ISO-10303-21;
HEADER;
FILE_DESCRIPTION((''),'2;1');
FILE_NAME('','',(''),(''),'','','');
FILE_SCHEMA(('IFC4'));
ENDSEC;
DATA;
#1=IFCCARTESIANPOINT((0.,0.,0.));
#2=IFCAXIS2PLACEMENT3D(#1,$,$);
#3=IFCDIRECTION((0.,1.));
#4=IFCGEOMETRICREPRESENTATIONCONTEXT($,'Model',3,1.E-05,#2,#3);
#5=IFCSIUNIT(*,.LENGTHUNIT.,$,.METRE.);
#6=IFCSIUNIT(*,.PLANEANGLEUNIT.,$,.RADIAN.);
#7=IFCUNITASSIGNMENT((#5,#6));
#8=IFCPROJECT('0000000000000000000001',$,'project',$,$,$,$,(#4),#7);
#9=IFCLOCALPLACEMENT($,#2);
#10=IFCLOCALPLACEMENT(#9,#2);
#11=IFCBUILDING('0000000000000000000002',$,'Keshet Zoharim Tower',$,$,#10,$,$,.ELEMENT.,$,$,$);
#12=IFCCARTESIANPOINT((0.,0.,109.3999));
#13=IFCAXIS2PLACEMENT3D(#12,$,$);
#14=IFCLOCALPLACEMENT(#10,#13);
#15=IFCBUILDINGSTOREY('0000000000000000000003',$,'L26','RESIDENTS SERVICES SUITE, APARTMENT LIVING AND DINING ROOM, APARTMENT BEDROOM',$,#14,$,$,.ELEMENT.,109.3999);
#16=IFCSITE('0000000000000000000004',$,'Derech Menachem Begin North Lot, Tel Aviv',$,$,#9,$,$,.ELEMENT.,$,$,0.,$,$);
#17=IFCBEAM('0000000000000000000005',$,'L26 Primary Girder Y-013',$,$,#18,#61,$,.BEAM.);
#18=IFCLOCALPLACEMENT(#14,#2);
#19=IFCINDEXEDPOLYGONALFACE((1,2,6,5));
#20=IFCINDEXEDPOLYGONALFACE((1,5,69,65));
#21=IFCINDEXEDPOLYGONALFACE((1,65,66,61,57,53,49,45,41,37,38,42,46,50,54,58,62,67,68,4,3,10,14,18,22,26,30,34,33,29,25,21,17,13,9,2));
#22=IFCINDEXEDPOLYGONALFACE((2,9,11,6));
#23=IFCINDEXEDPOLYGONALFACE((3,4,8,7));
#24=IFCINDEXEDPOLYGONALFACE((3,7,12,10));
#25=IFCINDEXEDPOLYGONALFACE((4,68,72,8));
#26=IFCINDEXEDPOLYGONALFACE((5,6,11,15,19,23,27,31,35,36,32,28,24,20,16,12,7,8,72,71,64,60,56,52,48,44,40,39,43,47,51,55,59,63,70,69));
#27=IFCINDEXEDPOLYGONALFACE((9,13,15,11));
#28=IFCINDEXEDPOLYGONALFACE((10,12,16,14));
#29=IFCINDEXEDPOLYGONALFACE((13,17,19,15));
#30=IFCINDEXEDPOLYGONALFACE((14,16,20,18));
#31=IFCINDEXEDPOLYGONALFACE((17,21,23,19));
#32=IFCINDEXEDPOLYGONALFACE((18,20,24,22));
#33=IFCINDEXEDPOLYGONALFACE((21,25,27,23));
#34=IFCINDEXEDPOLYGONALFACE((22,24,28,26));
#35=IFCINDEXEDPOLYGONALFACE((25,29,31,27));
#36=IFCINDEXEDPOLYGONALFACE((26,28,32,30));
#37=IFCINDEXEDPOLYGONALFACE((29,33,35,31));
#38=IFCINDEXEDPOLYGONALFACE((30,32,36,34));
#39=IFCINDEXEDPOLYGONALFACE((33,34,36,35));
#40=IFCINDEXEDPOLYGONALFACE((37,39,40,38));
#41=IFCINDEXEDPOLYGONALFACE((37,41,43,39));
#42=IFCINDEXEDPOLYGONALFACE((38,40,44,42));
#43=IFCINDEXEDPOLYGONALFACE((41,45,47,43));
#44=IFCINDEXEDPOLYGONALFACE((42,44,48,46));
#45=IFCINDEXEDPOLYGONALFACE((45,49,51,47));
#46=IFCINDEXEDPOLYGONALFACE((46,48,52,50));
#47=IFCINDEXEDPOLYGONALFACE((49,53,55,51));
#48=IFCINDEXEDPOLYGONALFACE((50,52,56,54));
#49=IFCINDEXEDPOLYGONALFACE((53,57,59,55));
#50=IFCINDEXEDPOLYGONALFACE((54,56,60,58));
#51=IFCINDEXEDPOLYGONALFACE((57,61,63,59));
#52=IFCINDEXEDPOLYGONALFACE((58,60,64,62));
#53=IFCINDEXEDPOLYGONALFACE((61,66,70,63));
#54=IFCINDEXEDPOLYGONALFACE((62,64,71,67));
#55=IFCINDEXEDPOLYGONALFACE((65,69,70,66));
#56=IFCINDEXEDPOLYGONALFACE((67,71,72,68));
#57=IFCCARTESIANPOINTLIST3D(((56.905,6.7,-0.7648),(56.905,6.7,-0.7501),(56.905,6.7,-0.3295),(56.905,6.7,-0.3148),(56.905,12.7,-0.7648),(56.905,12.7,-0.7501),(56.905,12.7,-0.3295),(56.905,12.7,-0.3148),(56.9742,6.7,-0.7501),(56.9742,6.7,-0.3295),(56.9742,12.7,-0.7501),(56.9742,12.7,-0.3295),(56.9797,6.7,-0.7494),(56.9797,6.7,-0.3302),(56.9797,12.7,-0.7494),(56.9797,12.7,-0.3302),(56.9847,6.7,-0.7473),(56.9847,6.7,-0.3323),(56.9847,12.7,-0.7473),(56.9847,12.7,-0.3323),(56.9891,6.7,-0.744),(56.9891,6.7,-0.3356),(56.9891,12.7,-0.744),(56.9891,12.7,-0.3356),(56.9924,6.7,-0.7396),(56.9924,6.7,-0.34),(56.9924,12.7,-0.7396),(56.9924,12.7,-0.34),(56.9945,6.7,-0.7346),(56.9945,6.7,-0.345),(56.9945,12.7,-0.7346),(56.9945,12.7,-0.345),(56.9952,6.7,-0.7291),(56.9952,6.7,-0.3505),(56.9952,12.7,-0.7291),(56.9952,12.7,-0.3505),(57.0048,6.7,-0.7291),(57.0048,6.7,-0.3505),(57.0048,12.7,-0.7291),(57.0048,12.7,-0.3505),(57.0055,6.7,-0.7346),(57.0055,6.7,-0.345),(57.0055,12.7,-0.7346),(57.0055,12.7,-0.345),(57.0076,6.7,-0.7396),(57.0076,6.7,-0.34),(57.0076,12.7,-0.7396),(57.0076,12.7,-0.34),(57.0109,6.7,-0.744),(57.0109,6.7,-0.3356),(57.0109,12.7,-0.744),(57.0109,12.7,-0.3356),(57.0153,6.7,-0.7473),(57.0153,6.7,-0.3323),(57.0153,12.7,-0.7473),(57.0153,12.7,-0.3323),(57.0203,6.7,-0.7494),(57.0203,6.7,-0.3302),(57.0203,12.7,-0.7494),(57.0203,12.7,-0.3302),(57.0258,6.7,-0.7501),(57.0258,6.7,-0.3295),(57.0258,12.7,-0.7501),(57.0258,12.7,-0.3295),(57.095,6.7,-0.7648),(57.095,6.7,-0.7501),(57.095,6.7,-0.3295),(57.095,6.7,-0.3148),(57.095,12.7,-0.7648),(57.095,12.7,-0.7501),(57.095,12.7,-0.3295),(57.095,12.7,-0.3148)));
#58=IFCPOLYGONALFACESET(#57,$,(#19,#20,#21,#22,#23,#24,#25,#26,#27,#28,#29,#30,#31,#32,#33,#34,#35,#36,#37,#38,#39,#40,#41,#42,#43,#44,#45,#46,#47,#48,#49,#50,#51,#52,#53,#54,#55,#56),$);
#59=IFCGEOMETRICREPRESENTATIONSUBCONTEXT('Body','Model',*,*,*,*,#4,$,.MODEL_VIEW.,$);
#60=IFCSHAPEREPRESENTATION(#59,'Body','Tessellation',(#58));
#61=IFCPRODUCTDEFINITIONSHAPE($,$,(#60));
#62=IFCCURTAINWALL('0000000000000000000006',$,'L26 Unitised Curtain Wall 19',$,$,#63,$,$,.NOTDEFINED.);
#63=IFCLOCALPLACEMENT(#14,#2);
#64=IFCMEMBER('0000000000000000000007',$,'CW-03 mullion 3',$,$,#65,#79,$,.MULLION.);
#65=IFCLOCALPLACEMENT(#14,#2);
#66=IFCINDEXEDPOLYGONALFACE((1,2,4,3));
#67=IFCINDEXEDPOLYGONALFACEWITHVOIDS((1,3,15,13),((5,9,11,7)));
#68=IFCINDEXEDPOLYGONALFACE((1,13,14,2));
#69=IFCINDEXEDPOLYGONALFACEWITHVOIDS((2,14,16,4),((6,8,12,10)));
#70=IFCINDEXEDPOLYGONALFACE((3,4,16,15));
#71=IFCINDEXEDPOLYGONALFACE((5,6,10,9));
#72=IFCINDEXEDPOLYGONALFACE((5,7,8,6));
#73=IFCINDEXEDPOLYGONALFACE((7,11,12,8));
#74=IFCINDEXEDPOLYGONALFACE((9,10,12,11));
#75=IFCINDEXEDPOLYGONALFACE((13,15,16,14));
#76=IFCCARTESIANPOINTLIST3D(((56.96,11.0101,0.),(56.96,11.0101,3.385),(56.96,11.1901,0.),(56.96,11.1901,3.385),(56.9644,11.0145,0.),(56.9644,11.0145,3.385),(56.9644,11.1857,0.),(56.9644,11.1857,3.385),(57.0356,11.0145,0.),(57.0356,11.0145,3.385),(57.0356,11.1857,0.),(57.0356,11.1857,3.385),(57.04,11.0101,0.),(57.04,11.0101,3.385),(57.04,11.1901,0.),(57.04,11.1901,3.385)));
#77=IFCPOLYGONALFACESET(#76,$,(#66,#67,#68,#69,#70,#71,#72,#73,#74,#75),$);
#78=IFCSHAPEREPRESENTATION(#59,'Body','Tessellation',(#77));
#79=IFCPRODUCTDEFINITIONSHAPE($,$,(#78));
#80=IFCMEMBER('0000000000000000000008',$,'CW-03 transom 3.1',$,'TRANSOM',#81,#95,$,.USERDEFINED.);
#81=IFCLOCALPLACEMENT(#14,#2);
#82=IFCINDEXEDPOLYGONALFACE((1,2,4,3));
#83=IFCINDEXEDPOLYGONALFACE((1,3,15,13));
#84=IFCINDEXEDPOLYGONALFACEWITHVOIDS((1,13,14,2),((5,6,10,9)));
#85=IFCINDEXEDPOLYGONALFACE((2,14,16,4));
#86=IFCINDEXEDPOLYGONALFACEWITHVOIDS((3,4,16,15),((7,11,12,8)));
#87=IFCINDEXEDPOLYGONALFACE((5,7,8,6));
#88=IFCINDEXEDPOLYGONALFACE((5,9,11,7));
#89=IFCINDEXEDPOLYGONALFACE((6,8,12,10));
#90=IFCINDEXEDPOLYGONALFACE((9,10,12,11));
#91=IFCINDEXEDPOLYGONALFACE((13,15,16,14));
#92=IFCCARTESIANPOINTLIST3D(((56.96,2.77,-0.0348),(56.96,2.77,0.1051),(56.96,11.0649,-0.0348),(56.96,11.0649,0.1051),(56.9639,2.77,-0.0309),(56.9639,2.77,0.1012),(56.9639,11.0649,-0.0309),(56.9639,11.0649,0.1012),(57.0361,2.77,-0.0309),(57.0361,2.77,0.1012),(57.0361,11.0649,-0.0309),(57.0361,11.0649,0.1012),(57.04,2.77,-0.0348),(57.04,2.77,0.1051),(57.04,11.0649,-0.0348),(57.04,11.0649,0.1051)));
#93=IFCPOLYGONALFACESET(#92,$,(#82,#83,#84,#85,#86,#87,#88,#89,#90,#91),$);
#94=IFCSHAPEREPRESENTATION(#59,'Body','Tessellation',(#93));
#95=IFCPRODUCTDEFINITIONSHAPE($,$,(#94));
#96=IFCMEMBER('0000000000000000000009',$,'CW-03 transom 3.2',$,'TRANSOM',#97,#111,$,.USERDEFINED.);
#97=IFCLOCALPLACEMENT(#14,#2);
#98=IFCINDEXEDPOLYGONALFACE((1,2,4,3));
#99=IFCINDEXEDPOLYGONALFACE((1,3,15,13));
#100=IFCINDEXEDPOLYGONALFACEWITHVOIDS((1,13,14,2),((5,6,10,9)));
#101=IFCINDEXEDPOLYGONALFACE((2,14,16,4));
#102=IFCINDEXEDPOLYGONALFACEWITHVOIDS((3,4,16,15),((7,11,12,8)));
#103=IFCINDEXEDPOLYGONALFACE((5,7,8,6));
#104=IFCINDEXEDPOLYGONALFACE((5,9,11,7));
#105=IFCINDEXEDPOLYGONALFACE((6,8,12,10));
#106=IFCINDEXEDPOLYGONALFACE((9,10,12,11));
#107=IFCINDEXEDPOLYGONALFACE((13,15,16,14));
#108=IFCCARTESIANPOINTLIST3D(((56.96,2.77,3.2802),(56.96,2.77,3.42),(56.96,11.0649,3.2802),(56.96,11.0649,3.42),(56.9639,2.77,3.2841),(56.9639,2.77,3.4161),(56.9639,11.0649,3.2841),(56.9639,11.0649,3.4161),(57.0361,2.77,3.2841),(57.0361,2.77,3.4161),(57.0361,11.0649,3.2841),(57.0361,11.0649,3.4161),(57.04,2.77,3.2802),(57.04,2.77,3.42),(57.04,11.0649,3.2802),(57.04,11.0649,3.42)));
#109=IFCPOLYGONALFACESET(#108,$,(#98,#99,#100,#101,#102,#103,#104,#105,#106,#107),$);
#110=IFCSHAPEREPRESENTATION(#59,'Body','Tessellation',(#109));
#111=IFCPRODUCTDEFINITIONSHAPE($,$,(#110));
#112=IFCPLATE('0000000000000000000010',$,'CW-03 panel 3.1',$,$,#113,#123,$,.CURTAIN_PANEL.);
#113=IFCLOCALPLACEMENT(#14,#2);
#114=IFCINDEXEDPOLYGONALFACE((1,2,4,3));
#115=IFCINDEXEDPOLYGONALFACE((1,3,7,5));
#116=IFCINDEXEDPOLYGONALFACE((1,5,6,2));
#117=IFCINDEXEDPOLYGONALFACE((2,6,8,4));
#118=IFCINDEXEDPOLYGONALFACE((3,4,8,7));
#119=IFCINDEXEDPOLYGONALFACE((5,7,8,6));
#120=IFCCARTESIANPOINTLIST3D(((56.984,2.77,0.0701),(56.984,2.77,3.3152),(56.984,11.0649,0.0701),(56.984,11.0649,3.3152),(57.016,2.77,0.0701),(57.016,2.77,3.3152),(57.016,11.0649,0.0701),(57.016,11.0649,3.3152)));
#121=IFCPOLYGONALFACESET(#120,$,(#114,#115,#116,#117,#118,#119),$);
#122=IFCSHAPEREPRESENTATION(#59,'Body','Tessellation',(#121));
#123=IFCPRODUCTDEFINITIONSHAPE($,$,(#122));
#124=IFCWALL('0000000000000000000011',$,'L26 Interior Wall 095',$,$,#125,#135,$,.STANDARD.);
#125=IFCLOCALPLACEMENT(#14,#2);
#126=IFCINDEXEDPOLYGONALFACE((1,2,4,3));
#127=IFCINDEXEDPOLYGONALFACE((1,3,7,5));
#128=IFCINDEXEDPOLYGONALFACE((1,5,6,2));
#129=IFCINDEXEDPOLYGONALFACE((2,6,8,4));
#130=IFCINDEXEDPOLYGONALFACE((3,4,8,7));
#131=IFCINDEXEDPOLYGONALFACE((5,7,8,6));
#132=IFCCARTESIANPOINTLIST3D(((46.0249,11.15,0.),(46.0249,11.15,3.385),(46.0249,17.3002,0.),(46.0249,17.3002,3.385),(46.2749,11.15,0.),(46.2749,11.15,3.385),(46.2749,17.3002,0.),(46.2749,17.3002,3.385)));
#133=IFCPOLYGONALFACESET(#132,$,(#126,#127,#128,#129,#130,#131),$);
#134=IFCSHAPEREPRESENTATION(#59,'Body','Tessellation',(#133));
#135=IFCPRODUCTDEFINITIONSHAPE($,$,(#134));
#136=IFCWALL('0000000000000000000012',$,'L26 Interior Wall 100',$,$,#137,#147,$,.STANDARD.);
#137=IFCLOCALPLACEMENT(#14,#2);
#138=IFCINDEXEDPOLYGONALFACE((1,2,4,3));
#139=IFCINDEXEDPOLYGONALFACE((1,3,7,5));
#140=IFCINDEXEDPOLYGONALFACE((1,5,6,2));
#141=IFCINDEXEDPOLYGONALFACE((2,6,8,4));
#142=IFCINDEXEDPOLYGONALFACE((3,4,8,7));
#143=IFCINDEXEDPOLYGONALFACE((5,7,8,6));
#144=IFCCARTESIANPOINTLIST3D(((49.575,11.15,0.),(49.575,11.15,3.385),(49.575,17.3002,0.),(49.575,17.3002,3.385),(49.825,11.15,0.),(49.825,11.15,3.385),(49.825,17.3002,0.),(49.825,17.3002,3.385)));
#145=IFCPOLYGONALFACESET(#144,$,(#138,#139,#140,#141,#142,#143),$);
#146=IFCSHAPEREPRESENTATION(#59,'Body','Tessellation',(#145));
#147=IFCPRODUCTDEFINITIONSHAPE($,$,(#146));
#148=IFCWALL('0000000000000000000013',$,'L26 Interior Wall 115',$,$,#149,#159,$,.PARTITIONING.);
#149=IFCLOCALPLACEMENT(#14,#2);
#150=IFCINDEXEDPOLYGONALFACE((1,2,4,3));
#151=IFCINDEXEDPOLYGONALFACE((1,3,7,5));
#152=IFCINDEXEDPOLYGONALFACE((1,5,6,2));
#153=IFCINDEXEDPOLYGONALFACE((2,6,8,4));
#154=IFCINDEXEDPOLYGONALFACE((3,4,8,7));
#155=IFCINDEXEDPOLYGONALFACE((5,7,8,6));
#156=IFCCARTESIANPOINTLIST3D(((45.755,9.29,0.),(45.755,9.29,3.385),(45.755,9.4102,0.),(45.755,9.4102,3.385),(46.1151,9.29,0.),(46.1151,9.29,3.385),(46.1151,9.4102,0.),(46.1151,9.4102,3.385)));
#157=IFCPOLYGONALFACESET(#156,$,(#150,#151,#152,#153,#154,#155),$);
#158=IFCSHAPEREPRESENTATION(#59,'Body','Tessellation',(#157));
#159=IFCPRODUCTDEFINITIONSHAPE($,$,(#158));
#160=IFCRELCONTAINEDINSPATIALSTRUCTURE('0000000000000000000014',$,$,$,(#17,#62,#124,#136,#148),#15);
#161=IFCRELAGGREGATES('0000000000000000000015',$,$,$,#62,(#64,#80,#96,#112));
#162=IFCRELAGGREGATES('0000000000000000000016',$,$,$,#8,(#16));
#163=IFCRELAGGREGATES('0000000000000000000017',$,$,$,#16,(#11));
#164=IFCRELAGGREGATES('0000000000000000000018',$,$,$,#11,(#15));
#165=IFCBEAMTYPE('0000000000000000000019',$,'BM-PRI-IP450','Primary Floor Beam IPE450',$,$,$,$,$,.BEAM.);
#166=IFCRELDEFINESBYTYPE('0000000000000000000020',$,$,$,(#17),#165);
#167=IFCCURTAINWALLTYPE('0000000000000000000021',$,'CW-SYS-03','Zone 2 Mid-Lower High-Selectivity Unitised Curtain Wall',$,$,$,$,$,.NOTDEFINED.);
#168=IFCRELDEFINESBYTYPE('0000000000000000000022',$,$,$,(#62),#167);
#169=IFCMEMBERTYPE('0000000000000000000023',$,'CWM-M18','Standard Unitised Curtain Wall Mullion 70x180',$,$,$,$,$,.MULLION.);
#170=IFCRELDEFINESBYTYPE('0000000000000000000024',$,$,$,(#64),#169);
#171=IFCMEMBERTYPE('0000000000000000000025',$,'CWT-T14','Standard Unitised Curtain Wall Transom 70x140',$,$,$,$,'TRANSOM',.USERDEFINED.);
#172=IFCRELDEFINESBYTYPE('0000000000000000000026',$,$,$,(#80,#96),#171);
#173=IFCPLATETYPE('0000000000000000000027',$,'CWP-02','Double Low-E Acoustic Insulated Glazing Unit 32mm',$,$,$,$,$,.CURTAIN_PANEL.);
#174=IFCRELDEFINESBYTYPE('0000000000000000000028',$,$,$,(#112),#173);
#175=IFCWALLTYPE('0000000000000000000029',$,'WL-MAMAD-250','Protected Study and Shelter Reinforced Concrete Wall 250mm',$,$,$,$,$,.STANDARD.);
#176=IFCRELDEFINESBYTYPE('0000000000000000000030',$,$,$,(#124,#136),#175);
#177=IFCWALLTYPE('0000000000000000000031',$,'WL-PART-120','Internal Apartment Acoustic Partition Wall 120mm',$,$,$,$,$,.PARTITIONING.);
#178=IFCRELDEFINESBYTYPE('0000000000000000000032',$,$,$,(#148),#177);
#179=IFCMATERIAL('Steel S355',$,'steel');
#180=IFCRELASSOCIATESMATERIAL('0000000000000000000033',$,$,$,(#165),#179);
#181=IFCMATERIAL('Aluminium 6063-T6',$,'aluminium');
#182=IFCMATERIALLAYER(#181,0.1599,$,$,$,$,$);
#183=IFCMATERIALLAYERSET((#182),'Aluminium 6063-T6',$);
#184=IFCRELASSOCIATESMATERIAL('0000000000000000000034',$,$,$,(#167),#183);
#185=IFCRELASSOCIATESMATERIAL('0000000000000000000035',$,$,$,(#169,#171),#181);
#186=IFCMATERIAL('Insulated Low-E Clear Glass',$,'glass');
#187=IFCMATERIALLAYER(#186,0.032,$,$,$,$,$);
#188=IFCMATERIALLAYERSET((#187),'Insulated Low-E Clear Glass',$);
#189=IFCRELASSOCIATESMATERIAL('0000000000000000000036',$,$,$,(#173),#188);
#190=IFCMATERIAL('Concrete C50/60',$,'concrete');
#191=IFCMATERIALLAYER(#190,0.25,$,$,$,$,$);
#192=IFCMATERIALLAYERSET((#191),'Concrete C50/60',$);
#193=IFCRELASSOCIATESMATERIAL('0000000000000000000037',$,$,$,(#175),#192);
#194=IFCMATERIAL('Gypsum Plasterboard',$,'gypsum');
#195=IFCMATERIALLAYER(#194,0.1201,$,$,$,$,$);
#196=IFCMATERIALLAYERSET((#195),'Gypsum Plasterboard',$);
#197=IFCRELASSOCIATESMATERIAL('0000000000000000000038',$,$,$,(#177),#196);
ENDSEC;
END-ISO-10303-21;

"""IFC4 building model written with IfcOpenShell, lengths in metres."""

from ifc_helpers import new_model, si_unit, direction, frame, frame_2d, origin, origin_2d, place, context, subcontext, project, spatial, rectangle, hollow_rectangle, i_section, extrude, material, layer, layer_set, material_profile, profile_set, type_object, element, aggregate, save


model = new_model("IFC4")

# Units and contexts
model_context = context("Model", 3, precision=1e-05, world=origin(), true_north=direction((0.0, 1.0)))
body_context = subcontext(model_context, "Body", "Model", "MODEL_VIEW")
ifc_project = project(units=[si_unit("LENGTHUNIT", "METRE"), si_unit("PLANEANGLEUNIT", "RADIAN")], contexts=[model_context])

# Site, building, storey
site_placement = place(None, origin())
site = spatial("IfcSite", under=ifc_project, at=site_placement, Name="Derech Menachem Begin North Lot, Tel Aviv", CompositionType="ELEMENT", RefElevation=0.0)
building_placement = place(site_placement, origin())
building = spatial("IfcBuilding", under=site, at=building_placement, Name="Keshet Zoharim Tower", CompositionType="ELEMENT")
storey_placement = place(building_placement, frame((0.0, 0.0, 109.3999)))
storey = spatial("IfcBuildingStorey", under=building, at=storey_placement, Name="L26", Description="RESIDENTS SERVICES SUITE, APARTMENT LIVING AND DINING ROOM, APARTMENT BEDROOM", CompositionType="ELEMENT", Elevation=109.3999)

# Beam
ifc_material_1 = material(Name="Steel S355", Category="steel")
ifc_material_profile_1 = material_profile(ifc_material_1, i_section(OverallWidth=0.1899, OverallDepth=0.45, WebThickness=0.0095, FlangeThickness=0.0146, FilletRadius=0.021, at=origin_2d()), Name="IPE450")
ifc_profile_set_1 = profile_set([ifc_material_profile_1], Name="Steel S355")
beam_type = type_object("IfcBeamType", Name="BM-PRI-IP450", Description="Primary Floor Beam IPE450", PredefinedType="BEAM", material=ifc_profile_set_1)
beam_placement = place(storey_placement, frame((57.0, 6.7, -0.5398), z_axis=(0.0, 1.0, 0.0), x_axis=(-1.0, 0.0, 0.0)))
element("IfcBeam", 1, at=beam_placement, inside=storey, type_object=beam_type, Name="L26 Primary Girder Y-013", PredefinedType="BEAM", context=body_context, shape_type="SweptSolid", body=[
    extrude(i_section(OverallWidth=0.1899, OverallDepth=0.45, WebThickness=0.0095, FlangeThickness=0.0146, FilletRadius=0.021, at=origin_2d()), origin(), (0.0, 0.0, 1.0), 6.0),
])

# Curtain wall, members, plate
ifc_material_2 = material(Name="Aluminium 6063-T6", Category="aluminium")
ifc_layer_1 = layer(ifc_material_2, 0.1599)
ifc_layer_set_1 = layer_set([ifc_layer_1], Name="Aluminium 6063-T6")
curtain_wall_type = type_object("IfcCurtainWallType", Name="CW-SYS-03", Description="Zone 2 Mid-Lower High-Selectivity Unitised Curtain Wall", PredefinedType="NOTDEFINED", material=ifc_layer_set_1)
curtain_wall_placement = place(storey_placement, origin())
curtain_wall = element("IfcCurtainWall", 2, at=curtain_wall_placement, inside=storey, type_object=curtain_wall_type, Name="L26 Unitised Curtain Wall 19", PredefinedType="NOTDEFINED")
ifc_material_profile_2 = material_profile(ifc_material_2, hollow_rectangle(XDim=0.0801, YDim=0.1799, WallThickness=0.0044, at=origin_2d()), Name="MUL-80x180")
ifc_profile_set_2 = profile_set([ifc_material_profile_2], Name="Aluminium 6063-T6")
member_type_1 = type_object("IfcMemberType", Name="CWM-M18", Description="Standard Unitised Curtain Wall Mullion 70x180", PredefinedType="MULLION", material=ifc_profile_set_2)
member_1_placement = place(storey_placement, frame((57.0, 11.1001, 0.0), z_axis=(0.0, 0.0, 1.0), x_axis=(1.0, 0.0, 0.0)))
member_1 = element("IfcMember", 3, at=member_1_placement, type_object=member_type_1, Name="CW-03 mullion 3", PredefinedType="MULLION", context=body_context, shape_type="SweptSolid", body=[
    extrude(hollow_rectangle(XDim=0.0801, YDim=0.1799, WallThickness=0.0044, at=origin_2d()), origin(), (0.0, 0.0, 1.0), 3.385),
])
ifc_material_profile_3 = material_profile(ifc_material_2, hollow_rectangle(XDim=0.0801, YDim=0.1399, WallThickness=0.0039, at=origin_2d()), Name="TRN-80x140")
ifc_profile_set_3 = profile_set([ifc_material_profile_3], Name="Aluminium 6063-T6")
member_type_2 = type_object("IfcMemberType", Name="CWT-T14", Description="Standard Unitised Curtain Wall Transom 70x140", ElementType="TRANSOM", PredefinedType="USERDEFINED", material=ifc_profile_set_3)
member_2_placement = place(storey_placement, frame((57.0, 11.0649, 0.0352), z_axis=(0.0, -1.0, 0.0), x_axis=(1.0, 0.0, 0.0)))
member_2 = element("IfcMember", 4, at=member_2_placement, type_object=member_type_2, Name="CW-03 transom 3.1", ObjectType="TRANSOM", PredefinedType="USERDEFINED", context=body_context, shape_type="SweptSolid", body=[
    extrude(hollow_rectangle(XDim=0.0801, YDim=0.1399, WallThickness=0.0039, at=origin_2d()), origin(), (0.0, 0.0, 1.0), 8.2949),
])
member_3_placement = place(storey_placement, frame((57.0, 11.0649, 3.3501), z_axis=(0.0, -1.0, 0.0), x_axis=(1.0, 0.0, 0.0)))
member_3 = element("IfcMember", 5, at=member_3_placement, type_object=member_type_2, Name="CW-03 transom 3.2", ObjectType="TRANSOM", PredefinedType="USERDEFINED", context=body_context, shape_type="SweptSolid", body=[
    extrude(hollow_rectangle(XDim=0.0801, YDim=0.1399, WallThickness=0.0039, at=origin_2d()), origin(), (0.0, 0.0, 1.0), 8.2949),
])
ifc_material_3 = material(Name="Insulated Low-E Clear Glass", Category="glass")
ifc_layer_2 = layer(ifc_material_3, 0.032)
ifc_layer_set_2 = layer_set([ifc_layer_2], Name="Insulated Low-E Clear Glass")
plate_type = type_object("IfcPlateType", Name="CWP-02", Description="Double Low-E Acoustic Insulated Glazing Unit 32mm", PredefinedType="CURTAIN_PANEL", material=ifc_layer_set_2)
plate_placement = place(storey_placement, frame((57.0, 6.9175, 0.0701), z_axis=(0.0, 0.0, 1.0), x_axis=(0.0, -1.0, 0.0)))
plate = element("IfcPlate", 6, at=plate_placement, type_object=plate_type, Name="CW-03 panel 3.1", PredefinedType="CURTAIN_PANEL", context=body_context, shape_type="SweptSolid", body=[
    extrude(rectangle(XDim=8.2949, YDim=0.032, at=origin_2d()), origin(), (0.0, 0.0, 1.0), 3.2451),
])
aggregate(curtain_wall, [member_1, member_2, member_3, plate])

# Walls
ifc_material_4 = material(Name="Concrete C50/60", Category="concrete")
ifc_layer_3 = layer(ifc_material_4, 0.25)
ifc_layer_set_3 = layer_set([ifc_layer_3], Name="Concrete C50/60")
wall_type_1 = type_object("IfcWallType", Name="WL-MAMAD-250", Description="Protected Study and Shelter Reinforced Concrete Wall 250mm", PredefinedType="STANDARD", material=ifc_layer_set_3)
for number, where, z_axis, x_axis, name in (
    (7, (46.1499, 11.1499, 0.0), (0.0, 0.0, 1.0), (0.0, 1.0, 0.0), "L26 Interior Wall 095"),
    (8, (49.7, 11.1499, 0.0), (0.0, 0.0, 1.0), (0.0, 1.0, 0.0), "L26 Interior Wall 100"),
):
    element("IfcWall", number, at=place(storey_placement, frame(where, z_axis=z_axis, x_axis=x_axis)), inside=storey, type_object=wall_type_1, Name=name, PredefinedType="STANDARD", context=body_context, shape_type="SweptSolid", body=[
        extrude(rectangle(XDim=6.1501, YDim=0.25, at=frame_2d((3.0752, 0.0))), origin(), (0.0, 0.0, 1.0), 3.385),
    ])

# Wall
ifc_material_5 = material(Name="Gypsum Plasterboard", Category="gypsum")
ifc_layer_4 = layer(ifc_material_5, 0.1201)
ifc_layer_set_4 = layer_set([ifc_layer_4], Name="Gypsum Plasterboard")
wall_type_2 = type_object("IfcWallType", Name="WL-PART-120", Description="Internal Apartment Acoustic Partition Wall 120mm", PredefinedType="PARTITIONING", material=ifc_layer_set_4)
wall_1_placement = place(storey_placement, frame((45.7549, 9.3501, 0.0), z_axis=(0.0, 0.0, 1.0), x_axis=(1.0, 0.0, 0.0)))
element("IfcWall", 9, at=wall_1_placement, inside=storey, type_object=wall_type_2, Name="L26 Interior Wall 115", PredefinedType="PARTITIONING", context=body_context, shape_type="SweptSolid", body=[
    extrude(rectangle(XDim=0.3601, YDim=0.1201, at=frame_2d((0.1802, 0.0))), origin(), (0.0, 0.0, 1.0), 3.385),
])

save(model, "model.ifc")
